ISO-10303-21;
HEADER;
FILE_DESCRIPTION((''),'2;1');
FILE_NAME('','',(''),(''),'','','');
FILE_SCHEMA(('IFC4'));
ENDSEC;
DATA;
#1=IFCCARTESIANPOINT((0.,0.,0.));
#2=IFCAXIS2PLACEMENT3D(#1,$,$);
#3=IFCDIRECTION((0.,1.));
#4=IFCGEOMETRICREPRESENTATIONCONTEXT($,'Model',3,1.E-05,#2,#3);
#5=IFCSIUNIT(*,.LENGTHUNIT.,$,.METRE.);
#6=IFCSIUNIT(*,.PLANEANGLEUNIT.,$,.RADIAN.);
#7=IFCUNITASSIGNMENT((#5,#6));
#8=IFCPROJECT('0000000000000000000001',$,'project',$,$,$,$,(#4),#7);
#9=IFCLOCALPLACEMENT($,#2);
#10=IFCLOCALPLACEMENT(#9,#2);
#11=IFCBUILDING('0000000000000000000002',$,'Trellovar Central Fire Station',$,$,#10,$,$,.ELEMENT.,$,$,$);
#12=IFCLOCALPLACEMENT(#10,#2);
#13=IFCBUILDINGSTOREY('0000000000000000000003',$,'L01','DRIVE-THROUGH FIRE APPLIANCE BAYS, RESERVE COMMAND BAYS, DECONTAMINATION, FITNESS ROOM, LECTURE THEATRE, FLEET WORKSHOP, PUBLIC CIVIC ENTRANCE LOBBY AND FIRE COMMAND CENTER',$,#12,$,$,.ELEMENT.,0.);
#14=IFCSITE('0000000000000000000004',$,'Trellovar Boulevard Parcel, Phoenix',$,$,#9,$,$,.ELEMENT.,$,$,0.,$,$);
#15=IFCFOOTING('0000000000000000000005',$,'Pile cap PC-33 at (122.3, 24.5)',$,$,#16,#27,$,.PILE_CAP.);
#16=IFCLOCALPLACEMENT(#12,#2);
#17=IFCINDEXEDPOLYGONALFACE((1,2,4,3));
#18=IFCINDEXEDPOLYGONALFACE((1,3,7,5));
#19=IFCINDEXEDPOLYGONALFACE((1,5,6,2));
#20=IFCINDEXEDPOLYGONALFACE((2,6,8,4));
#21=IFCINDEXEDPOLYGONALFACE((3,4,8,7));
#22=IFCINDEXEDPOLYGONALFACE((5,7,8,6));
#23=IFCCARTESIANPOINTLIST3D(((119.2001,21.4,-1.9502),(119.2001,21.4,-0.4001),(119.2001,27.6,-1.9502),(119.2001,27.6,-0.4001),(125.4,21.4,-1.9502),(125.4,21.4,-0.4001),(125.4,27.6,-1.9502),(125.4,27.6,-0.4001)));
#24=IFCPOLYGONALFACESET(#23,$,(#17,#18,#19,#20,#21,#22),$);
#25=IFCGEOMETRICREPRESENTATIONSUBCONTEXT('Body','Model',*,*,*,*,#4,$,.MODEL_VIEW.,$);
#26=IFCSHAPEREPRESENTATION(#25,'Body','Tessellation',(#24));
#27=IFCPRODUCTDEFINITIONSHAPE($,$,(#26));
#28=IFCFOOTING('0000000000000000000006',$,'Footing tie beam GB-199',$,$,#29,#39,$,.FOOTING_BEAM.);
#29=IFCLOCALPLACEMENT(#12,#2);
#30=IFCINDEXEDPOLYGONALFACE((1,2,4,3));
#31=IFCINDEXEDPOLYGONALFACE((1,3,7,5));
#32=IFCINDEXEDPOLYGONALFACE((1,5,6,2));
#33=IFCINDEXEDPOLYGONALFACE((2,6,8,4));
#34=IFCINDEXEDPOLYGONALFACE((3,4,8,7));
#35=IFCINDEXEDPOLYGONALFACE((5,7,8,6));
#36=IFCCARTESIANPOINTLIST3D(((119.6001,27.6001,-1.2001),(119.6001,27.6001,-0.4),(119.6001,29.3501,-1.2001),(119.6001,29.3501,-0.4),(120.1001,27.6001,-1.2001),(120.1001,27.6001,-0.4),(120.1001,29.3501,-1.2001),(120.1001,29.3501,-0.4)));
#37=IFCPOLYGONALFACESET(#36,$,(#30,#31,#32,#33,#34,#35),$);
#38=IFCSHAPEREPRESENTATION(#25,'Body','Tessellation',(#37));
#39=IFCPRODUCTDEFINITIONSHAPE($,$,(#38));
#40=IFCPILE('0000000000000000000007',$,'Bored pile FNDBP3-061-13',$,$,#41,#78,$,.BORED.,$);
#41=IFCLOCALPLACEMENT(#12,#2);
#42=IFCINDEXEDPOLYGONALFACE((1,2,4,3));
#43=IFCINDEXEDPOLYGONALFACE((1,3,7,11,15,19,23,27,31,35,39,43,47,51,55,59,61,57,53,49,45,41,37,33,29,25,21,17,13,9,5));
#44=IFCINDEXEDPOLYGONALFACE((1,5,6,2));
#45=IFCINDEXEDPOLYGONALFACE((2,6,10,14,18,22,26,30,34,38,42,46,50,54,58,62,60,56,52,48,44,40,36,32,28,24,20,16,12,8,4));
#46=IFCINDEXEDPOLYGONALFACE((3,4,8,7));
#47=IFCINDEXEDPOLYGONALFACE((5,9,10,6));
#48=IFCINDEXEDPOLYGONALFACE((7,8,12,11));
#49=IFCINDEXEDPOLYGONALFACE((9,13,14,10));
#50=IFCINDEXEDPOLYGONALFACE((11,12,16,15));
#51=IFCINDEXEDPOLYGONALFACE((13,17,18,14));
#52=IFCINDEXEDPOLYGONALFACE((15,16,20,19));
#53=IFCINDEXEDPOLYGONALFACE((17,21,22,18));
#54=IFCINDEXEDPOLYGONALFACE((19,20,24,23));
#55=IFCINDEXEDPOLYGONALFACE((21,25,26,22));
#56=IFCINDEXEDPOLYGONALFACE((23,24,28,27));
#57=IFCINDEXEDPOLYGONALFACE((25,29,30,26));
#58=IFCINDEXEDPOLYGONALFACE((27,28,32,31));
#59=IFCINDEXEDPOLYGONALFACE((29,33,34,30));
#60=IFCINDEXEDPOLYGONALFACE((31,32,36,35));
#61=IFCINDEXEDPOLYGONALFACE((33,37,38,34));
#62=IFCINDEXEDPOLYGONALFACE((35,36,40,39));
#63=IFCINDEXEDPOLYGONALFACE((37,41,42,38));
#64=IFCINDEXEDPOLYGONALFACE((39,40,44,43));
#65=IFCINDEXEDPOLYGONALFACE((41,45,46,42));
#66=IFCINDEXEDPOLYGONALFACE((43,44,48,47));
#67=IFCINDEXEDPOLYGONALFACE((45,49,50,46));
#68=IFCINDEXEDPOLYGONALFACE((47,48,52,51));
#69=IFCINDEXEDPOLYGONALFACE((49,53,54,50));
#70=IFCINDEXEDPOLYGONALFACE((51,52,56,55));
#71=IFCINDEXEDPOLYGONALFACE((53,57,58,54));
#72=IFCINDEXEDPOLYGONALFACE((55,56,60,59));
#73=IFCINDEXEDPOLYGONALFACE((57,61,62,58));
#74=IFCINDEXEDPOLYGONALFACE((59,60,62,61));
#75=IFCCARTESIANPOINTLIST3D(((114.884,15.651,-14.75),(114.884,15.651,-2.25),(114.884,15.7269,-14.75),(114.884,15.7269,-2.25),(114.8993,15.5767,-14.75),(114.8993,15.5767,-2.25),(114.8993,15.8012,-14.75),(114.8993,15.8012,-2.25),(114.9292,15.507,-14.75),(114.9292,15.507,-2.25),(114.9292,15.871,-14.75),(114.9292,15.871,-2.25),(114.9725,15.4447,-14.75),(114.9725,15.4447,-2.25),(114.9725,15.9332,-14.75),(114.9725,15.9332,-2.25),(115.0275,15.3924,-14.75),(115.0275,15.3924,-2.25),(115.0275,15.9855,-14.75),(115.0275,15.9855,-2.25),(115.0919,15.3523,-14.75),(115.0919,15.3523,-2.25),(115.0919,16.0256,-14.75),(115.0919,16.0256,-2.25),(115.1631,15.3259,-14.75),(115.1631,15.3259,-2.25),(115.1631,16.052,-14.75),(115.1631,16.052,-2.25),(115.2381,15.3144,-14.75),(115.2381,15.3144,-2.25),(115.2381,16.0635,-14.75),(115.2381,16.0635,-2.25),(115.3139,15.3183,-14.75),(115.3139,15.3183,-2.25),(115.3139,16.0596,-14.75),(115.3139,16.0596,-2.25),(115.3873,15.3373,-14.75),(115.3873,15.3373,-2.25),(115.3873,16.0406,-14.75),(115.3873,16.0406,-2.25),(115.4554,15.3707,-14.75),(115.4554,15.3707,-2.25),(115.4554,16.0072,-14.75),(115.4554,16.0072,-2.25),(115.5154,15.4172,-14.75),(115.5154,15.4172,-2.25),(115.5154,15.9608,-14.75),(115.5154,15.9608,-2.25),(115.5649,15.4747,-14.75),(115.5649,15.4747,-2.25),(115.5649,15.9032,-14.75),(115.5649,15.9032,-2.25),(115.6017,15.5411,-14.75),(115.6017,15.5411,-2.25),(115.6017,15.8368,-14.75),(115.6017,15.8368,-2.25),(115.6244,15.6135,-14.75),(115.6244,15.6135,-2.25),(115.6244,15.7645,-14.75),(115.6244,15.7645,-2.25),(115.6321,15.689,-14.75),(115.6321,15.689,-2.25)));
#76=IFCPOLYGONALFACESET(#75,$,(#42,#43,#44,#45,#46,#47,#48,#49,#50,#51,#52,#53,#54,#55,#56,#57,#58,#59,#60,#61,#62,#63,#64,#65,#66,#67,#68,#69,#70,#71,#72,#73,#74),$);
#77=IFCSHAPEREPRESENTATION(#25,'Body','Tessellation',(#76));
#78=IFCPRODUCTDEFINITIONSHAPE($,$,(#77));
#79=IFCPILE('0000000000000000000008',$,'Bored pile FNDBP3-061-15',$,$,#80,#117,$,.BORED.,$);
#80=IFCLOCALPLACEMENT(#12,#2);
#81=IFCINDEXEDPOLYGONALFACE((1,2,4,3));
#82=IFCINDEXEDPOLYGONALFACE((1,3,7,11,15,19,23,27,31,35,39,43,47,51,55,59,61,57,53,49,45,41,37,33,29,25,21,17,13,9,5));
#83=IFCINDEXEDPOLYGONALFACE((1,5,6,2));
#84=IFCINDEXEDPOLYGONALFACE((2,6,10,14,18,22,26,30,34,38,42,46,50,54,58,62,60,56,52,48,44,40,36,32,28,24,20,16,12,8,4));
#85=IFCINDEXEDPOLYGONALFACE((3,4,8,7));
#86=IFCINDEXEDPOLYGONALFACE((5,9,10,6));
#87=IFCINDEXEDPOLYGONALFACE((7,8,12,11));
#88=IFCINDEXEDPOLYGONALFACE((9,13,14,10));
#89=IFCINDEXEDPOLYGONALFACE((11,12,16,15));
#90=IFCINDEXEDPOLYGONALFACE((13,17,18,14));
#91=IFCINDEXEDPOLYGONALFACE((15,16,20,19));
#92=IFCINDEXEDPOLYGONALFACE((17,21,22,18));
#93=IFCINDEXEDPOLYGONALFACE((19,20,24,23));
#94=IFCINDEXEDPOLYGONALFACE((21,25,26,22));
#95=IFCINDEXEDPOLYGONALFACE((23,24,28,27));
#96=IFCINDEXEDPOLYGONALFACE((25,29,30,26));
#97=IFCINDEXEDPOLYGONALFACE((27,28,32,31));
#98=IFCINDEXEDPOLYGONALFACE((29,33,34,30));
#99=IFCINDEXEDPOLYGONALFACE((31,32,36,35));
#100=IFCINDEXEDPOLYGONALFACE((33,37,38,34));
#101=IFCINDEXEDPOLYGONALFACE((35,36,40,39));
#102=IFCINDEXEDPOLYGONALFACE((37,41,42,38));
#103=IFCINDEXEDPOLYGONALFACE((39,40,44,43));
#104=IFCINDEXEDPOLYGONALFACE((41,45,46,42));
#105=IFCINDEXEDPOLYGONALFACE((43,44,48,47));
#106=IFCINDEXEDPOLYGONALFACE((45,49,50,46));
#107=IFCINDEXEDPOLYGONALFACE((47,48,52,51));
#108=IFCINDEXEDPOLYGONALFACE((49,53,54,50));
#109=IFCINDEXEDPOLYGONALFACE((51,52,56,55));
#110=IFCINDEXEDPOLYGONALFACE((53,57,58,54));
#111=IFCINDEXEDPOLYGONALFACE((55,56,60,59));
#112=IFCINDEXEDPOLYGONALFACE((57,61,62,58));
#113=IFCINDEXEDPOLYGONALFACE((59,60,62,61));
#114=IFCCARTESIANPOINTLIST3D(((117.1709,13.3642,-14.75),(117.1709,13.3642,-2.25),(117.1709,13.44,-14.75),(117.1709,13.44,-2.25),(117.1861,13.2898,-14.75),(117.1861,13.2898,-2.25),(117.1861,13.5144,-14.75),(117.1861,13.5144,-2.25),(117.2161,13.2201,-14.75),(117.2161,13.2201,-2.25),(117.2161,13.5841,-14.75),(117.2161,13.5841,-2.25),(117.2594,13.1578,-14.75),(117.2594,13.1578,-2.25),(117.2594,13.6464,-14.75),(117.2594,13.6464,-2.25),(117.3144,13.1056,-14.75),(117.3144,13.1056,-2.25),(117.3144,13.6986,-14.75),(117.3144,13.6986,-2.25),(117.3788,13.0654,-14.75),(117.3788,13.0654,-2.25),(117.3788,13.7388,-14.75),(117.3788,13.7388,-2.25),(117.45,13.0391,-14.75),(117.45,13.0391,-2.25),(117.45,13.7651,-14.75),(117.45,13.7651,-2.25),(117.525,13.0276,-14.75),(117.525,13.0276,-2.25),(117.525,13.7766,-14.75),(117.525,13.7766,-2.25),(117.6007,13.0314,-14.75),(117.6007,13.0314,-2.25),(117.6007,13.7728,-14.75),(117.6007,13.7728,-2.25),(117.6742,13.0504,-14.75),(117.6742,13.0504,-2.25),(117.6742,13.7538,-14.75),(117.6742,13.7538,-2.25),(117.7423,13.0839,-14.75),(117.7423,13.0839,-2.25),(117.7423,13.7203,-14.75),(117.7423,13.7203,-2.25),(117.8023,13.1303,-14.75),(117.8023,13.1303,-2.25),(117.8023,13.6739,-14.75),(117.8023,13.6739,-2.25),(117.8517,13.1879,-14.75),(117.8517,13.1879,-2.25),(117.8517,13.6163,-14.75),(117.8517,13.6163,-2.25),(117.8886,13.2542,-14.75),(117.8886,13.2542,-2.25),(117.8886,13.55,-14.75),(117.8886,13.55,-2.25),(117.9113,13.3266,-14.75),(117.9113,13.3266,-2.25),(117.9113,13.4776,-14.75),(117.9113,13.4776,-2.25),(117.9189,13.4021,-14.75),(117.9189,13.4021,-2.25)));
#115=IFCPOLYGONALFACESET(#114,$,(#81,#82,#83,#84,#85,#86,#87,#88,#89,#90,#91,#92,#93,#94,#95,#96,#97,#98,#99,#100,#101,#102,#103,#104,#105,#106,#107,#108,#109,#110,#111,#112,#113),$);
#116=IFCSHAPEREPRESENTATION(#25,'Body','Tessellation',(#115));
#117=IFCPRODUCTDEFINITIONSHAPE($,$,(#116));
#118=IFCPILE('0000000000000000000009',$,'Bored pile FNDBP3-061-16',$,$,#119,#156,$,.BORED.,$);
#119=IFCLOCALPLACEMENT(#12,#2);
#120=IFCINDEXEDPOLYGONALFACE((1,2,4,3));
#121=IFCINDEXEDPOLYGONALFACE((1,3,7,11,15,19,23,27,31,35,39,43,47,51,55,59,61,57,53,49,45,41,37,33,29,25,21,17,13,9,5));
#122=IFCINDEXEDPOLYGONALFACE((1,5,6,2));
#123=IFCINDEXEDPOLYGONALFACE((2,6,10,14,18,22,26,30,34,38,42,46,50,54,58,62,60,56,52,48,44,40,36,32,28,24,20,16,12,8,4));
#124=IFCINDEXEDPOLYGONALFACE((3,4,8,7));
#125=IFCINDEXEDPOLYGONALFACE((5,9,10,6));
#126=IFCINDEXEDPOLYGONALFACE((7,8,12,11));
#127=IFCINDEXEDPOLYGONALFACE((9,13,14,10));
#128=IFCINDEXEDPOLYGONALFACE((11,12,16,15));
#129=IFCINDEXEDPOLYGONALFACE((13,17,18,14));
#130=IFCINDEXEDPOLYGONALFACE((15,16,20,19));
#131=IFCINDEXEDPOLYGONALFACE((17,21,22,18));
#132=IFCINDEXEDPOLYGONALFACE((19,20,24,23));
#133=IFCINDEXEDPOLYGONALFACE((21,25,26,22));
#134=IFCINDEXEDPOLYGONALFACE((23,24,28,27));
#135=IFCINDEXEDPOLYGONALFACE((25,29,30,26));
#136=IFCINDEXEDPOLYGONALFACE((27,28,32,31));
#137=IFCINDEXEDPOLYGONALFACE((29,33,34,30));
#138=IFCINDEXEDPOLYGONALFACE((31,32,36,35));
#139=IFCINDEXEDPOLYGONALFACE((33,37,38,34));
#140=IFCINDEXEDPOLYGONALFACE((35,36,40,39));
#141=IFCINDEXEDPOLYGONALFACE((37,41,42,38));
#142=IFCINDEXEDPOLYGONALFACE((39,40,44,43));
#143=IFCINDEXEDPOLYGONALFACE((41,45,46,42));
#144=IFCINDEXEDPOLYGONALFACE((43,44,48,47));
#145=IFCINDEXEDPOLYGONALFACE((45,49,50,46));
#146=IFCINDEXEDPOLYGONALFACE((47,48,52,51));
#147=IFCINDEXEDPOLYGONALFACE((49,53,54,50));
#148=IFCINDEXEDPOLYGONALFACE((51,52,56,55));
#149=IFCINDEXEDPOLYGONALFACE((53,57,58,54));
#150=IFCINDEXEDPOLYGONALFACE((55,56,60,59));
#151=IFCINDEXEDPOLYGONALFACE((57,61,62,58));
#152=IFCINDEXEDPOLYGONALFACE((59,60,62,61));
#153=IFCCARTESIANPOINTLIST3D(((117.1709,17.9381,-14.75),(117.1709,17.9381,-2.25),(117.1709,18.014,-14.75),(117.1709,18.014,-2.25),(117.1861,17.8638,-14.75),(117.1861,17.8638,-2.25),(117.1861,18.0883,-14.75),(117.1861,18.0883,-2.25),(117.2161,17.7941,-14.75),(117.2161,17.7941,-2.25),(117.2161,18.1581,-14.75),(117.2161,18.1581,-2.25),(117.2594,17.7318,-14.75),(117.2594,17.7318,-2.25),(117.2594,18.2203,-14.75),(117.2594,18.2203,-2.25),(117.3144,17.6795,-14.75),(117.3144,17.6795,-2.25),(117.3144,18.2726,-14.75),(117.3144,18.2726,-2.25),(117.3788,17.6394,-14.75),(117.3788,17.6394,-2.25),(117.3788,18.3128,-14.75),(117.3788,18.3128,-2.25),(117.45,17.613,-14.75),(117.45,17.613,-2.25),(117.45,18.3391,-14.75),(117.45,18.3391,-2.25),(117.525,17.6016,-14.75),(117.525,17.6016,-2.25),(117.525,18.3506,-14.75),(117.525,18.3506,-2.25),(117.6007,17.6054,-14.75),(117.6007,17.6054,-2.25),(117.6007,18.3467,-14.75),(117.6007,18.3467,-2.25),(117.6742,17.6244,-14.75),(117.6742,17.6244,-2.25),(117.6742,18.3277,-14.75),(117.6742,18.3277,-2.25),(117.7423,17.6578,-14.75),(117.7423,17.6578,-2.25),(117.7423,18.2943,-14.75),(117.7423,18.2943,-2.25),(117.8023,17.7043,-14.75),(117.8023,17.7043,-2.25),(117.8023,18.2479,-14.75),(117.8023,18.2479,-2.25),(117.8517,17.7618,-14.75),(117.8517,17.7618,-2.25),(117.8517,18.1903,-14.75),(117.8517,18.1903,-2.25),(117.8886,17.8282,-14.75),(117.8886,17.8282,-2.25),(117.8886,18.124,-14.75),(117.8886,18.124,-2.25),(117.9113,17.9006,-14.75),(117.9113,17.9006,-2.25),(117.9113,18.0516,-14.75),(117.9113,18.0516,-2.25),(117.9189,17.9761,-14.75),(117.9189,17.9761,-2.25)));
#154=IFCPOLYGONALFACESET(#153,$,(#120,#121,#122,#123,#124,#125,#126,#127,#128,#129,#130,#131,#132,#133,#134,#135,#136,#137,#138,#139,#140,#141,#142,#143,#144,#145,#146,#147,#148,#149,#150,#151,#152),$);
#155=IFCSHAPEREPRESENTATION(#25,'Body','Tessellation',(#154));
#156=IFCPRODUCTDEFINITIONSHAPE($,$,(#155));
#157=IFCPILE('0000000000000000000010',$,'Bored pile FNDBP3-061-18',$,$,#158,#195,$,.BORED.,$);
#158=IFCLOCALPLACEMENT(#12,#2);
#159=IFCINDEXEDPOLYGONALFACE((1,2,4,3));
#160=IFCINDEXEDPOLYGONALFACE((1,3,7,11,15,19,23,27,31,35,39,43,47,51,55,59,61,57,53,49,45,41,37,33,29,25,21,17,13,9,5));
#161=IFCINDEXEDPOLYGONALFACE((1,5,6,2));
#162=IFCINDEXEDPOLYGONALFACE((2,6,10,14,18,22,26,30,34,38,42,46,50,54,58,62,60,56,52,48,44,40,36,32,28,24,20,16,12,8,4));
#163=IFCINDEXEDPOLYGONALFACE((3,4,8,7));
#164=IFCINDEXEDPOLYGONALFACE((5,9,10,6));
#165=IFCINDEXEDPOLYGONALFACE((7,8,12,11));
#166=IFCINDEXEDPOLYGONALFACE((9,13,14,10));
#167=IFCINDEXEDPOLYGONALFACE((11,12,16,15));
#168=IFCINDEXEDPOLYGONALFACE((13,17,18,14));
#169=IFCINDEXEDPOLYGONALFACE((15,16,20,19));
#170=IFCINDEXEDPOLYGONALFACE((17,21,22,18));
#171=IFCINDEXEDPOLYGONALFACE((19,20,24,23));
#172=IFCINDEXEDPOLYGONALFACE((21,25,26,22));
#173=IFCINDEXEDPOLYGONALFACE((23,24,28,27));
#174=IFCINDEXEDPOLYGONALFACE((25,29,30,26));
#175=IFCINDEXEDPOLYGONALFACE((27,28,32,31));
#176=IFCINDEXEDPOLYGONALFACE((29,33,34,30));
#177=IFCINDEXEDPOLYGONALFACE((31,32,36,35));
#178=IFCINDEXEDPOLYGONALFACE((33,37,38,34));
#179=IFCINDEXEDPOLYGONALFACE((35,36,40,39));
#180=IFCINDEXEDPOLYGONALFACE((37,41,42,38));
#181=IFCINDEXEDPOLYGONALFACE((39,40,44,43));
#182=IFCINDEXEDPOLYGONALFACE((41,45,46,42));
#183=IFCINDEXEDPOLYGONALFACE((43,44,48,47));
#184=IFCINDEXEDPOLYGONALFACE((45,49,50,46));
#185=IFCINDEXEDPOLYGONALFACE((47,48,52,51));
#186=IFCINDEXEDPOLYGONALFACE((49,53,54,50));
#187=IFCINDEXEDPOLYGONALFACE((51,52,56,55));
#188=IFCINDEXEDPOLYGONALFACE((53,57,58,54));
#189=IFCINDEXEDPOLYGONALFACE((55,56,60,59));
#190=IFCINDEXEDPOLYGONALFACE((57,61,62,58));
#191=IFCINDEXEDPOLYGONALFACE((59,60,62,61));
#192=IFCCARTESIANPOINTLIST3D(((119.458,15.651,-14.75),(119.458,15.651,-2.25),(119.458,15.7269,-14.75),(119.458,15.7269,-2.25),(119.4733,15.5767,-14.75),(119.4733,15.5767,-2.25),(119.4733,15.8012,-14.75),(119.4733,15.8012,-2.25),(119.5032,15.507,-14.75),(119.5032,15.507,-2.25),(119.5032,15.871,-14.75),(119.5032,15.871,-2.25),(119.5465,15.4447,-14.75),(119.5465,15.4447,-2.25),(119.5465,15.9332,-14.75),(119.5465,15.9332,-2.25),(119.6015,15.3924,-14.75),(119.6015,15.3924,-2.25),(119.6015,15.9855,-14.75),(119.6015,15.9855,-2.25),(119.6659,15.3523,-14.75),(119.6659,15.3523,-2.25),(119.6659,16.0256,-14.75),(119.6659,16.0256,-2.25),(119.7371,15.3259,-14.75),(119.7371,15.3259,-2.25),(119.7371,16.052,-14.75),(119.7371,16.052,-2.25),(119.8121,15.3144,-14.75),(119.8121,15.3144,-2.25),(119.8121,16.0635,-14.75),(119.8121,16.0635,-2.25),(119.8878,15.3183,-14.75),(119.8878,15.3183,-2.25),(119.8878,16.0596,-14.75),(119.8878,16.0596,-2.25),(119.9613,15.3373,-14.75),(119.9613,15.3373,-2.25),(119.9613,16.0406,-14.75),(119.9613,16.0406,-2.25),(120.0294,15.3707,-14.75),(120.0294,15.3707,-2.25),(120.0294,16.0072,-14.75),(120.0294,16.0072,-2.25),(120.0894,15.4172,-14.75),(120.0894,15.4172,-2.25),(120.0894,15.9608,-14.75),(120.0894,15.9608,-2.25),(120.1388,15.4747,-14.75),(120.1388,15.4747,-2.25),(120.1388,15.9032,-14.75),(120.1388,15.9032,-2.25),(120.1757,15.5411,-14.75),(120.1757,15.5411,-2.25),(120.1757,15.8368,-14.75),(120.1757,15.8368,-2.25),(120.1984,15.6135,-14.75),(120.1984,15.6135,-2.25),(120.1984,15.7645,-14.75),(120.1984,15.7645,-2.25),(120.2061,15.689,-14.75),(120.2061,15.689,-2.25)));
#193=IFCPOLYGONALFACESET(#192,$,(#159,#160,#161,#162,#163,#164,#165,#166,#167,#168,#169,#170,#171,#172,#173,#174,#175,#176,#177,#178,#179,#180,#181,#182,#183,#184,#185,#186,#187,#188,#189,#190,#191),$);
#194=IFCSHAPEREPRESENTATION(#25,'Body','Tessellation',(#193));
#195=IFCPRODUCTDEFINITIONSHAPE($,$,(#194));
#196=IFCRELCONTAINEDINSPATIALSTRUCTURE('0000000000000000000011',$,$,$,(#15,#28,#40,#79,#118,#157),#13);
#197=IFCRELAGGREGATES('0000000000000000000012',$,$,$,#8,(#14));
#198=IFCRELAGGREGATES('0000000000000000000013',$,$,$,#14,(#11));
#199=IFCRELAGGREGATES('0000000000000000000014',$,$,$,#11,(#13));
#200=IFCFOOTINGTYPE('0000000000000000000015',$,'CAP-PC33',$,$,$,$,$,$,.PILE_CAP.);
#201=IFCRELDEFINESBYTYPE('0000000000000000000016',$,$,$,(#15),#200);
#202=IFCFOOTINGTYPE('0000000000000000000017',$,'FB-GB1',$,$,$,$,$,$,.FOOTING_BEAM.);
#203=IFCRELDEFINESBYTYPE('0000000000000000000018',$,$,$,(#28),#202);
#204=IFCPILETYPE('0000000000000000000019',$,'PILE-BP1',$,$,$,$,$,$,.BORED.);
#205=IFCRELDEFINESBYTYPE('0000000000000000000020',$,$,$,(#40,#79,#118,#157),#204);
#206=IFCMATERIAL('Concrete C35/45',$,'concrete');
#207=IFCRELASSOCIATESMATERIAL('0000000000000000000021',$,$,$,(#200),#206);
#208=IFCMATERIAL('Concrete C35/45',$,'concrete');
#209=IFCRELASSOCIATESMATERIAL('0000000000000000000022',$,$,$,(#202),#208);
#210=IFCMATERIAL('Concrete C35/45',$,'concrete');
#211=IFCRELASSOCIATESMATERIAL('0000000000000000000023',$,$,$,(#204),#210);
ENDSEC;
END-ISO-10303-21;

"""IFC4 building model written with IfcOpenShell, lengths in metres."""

from ifc_helpers import new_model, si_unit, direction, frame, origin, origin_2d, place, context, subcontext, project, spatial, rectangle, circle, extrude, material, material_profile, profile_set, type_object, element, save


model = new_model("IFC4")

# Units and contexts
model_context = context("Model", 3, precision=1e-05, world=origin(), true_north=direction((0.0, 1.0)))
body_context = subcontext(model_context, "Body", "Model", "MODEL_VIEW")
ifc_project = project(units=[si_unit("LENGTHUNIT", "METRE"), si_unit("PLANEANGLEUNIT", "RADIAN")], contexts=[model_context])

# Site, building, storey
site_placement = place(None, origin())
site = spatial("IfcSite", under=ifc_project, at=site_placement, Name="Trellovar Boulevard Parcel, Phoenix", CompositionType="ELEMENT", RefElevation=0.0)
building_placement = place(site_placement, origin())
building = spatial("IfcBuilding", under=site, at=building_placement, Name="Trellovar Central Fire Station", CompositionType="ELEMENT")
storey_placement = place(building_placement, origin())
storey = spatial("IfcBuildingStorey", under=building, at=storey_placement, Name="L01", Description="DRIVE-THROUGH FIRE APPLIANCE BAYS, RESERVE COMMAND BAYS, DECONTAMINATION, FITNESS ROOM, LECTURE THEATRE, FLEET WORKSHOP, PUBLIC CIVIC ENTRANCE LOBBY AND FIRE COMMAND CENTER", CompositionType="ELEMENT", Elevation=0.0)

# Footings
ifc_material_1 = material(Name="Concrete C35/45", Category="concrete")
footing_type_1 = type_object("IfcFootingType", Name="CAP-PC33", PredefinedType="PILE_CAP", material=ifc_material_1)
footing_1_placement = place(storey_placement, frame((122.3, 24.5, -1.9502), z_axis=(0.0, 0.0, 1.0), x_axis=(1.0, 0.0, 0.0)))
element("IfcFooting", 1, at=footing_1_placement, inside=storey, type_object=footing_type_1, Name="Pile cap PC-33 at (122.3, 24.5)", PredefinedType="PILE_CAP", context=body_context, shape_type="SweptSolid", body=[
    extrude(rectangle(XDim=6.2, YDim=6.2, at=origin_2d()), origin(), (0.0, 0.0, 1.0), 1.55),
])
ifc_material_2 = material(Name="Concrete C35/45", Category="concrete")
ifc_material_profile_1 = material_profile(ifc_material_2, rectangle(XDim=0.5, YDim=0.8, at=origin_2d()), Name="RC500X800")
ifc_profile_set_1 = profile_set([ifc_material_profile_1], Name="Concrete C35/45")
footing_type_2 = type_object("IfcFootingType", Name="FB-GB1", PredefinedType="FOOTING_BEAM", material=ifc_profile_set_1)
footing_2_placement = place(storey_placement, frame((119.8501, 27.6001, -0.8), z_axis=(0.0, 1.0, 0.0), x_axis=(-1.0, 0.0, 0.0)))
element("IfcFooting", 2, at=footing_2_placement, inside=storey, type_object=footing_type_2, Name="Footing tie beam GB-199", PredefinedType="FOOTING_BEAM", context=body_context, shape_type="SweptSolid", body=[
    extrude(rectangle(XDim=0.5, YDim=0.8, at=origin_2d()), origin(), (0.0, 0.0, 1.0), 1.75),
])

# Piles
ifc_material_3 = material(Name="Concrete C35/45", Category="concrete")
ifc_material_profile_2 = material_profile(ifc_material_3, circle(Radius=0.375, at=origin_2d()), Name="PILE750")
ifc_profile_set_2 = profile_set([ifc_material_profile_2], Name="Concrete C35/45")
pile_type = type_object("IfcPileType", Name="PILE-BP1", PredefinedType="BORED", material=ifc_profile_set_2)
for number, where, z_axis, x_axis, name in (
    (3, (115.2571, 15.689, -2.25), (0.0, 0.0, -1.0), (1.0, 0.0, 0.0), "Bored pile FNDBP3-061-13"),
    (4, (117.5439, 13.4021, -2.25), (0.0, 0.0, -1.0), (1.0, 0.0, 0.0), "Bored pile FNDBP3-061-15"),
    (5, (117.5439, 17.9761, -2.25), (0.0, 0.0, -1.0), (1.0, 0.0, 0.0), "Bored pile FNDBP3-061-16"),
    (6, (119.8311, 15.689, -2.25), (0.0, 0.0, -1.0), (1.0, 0.0, 0.0), "Bored pile FNDBP3-061-18"),
):
    element("IfcPile", number, at=place(storey_placement, frame(where, z_axis=z_axis, x_axis=x_axis)), inside=storey, type_object=pile_type, Name=name, PredefinedType="BORED", context=body_context, shape_type="SweptSolid", body=[
        extrude(circle(Radius=0.375, at=origin_2d()), origin(), (0.0, 0.0, 1.0), 12.5),
    ])

save(model, "model.ifc")
